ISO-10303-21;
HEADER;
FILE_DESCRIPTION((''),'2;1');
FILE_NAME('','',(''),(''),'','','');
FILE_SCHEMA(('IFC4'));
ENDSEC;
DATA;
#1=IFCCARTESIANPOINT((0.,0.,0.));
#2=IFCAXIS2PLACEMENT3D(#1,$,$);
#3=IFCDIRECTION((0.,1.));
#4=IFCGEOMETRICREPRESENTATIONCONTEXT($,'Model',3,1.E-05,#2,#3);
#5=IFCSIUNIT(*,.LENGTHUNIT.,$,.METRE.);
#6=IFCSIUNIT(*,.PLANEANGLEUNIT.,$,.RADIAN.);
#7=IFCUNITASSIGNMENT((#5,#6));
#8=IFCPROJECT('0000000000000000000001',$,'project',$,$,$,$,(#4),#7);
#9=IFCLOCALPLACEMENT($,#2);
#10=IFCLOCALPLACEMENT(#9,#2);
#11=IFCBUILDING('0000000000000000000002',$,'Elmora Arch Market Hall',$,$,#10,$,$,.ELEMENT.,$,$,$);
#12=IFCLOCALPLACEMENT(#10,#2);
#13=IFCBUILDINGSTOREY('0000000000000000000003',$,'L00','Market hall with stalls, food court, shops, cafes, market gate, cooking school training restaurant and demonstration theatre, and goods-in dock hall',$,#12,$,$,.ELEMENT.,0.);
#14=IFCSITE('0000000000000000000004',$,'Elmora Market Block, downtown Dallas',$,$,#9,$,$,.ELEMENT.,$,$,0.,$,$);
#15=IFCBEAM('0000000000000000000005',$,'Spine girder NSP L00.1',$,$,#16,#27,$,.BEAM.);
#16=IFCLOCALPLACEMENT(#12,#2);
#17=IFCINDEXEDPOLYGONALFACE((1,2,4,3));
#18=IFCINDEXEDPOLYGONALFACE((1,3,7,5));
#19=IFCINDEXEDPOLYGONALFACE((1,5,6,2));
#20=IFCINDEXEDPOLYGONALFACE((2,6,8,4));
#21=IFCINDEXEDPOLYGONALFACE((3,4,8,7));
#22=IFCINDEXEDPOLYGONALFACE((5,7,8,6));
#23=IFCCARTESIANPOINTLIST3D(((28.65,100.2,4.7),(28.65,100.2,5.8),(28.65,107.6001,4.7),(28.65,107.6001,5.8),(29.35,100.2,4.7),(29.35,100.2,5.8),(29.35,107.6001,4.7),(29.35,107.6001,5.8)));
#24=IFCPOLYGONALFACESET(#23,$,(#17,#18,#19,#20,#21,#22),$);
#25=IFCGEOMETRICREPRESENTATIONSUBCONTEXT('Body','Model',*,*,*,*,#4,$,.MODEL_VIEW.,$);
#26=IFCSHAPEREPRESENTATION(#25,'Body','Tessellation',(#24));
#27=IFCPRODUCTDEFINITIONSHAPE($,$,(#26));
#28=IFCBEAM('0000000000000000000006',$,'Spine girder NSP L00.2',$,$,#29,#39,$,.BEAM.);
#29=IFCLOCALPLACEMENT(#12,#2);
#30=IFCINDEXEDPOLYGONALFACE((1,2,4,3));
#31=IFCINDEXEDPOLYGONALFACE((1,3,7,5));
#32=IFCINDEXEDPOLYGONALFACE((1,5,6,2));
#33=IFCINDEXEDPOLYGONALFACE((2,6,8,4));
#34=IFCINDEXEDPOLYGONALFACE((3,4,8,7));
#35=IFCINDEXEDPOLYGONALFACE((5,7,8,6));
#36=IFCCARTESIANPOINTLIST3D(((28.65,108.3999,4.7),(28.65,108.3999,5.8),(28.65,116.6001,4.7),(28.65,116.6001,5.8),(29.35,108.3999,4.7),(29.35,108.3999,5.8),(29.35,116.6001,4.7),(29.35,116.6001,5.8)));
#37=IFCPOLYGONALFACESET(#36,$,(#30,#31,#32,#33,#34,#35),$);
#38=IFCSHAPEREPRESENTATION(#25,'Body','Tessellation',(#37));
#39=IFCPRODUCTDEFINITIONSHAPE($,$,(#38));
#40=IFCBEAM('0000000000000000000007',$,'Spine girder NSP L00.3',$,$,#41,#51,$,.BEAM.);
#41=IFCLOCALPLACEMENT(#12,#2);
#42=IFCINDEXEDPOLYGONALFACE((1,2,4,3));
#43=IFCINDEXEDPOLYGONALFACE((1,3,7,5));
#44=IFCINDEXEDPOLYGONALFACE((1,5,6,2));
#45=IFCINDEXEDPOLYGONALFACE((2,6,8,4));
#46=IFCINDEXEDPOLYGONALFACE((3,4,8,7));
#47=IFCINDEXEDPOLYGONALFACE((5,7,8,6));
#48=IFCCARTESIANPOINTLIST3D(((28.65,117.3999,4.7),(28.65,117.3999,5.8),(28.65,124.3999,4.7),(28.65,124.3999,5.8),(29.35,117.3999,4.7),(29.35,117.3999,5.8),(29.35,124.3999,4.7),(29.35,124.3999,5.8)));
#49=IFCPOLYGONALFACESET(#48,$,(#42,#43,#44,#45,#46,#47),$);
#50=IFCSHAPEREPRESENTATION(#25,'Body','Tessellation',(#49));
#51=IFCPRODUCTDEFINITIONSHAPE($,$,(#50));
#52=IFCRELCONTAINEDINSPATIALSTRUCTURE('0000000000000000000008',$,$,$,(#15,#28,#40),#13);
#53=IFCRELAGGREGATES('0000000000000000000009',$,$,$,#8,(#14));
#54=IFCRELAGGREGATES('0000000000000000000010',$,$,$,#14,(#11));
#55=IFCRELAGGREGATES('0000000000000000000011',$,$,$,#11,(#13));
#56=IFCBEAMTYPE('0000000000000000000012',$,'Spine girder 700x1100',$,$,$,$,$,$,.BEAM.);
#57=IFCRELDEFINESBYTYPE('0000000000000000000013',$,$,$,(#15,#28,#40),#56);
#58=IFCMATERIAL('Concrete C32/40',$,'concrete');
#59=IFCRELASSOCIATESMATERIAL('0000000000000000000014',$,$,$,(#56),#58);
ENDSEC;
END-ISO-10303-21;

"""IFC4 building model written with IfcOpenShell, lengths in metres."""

from ifc_helpers import new_model, si_unit, direction, frame, origin, origin_2d, place, context, subcontext, project, spatial, rectangle, extrude, material, material_profile, profile_set, type_object, element, save


model = new_model("IFC4")

# Units and contexts
model_context = context("Model", 3, precision=1e-05, world=origin(), true_north=direction((0.0, 1.0)))
body_context = subcontext(model_context, "Body", "Model", "MODEL_VIEW")
ifc_project = project(units=[si_unit("LENGTHUNIT", "METRE"), si_unit("PLANEANGLEUNIT", "RADIAN")], contexts=[model_context])

# Site, building, storey
site_placement = place(None, origin())
site = spatial("IfcSite", under=ifc_project, at=site_placement, Name="Elmora Market Block, downtown Dallas", CompositionType="ELEMENT", RefElevation=0.0)
building_placement = place(site_placement, origin())
building = spatial("IfcBuilding", under=site, at=building_placement, Name="Elmora Arch Market Hall", CompositionType="ELEMENT")
storey_placement = place(building_placement, origin())
storey = spatial("IfcBuildingStorey", under=building, at=storey_placement, Name="L00", Description="Market hall with stalls, food court, shops, cafes, market gate, cooking school training restaurant and demonstration theatre, and goods-in dock hall", CompositionType="ELEMENT", Elevation=0.0)

# Beams
ifc_material_1 = material(Name="Concrete C32/40", Category="concrete")
ifc_material_profile_1 = material_profile(ifc_material_1, rectangle(XDim=0.7, YDim=1.1001, at=origin_2d()), Name="Spine girder 700x1100")
ifc_profile_set_1 = profile_set([ifc_material_profile_1], Name="Concrete C32/40")
beam_type_1 = type_object("IfcBeamType", Name="Spine girder 700x1100", PredefinedType="BEAM", material=ifc_profile_set_1)
beam_1_placement = place(storey_placement, frame((29.0, 100.2, 5.25), z_axis=(0.0, 1.0, 0.0), x_axis=(-1.0, 0.0, 0.0)))
element("IfcBeam", 1, at=beam_1_placement, inside=storey, type_object=beam_type_1, Name="Spine girder NSP L00.1", PredefinedType="BEAM", context=body_context, shape_type="SweptSolid", body=[
    extrude(rectangle(XDim=0.7, YDim=1.1001, at=origin_2d()), origin(), (0.0, 0.0, 1.0), 7.4001),
])
beam_2_placement = place(storey_placement, frame((29.0, 108.3999, 5.25), z_axis=(0.0, 1.0, 0.0), x_axis=(-1.0, 0.0, 0.0)))
element("IfcBeam", 2, at=beam_2_placement, inside=storey, type_object=beam_type_1, Name="Spine girder NSP L00.2", PredefinedType="BEAM", context=body_context, shape_type="SweptSolid", body=[
    extrude(rectangle(XDim=0.7, YDim=1.1001, at=origin_2d()), origin(), (0.0, 0.0, 1.0), 8.2002),
])
beam_3_placement = place(storey_placement, frame((29.0, 117.3999, 5.25), z_axis=(0.0, 1.0, 0.0), x_axis=(-1.0, 0.0, 0.0)))
element("IfcBeam", 3, at=beam_3_placement, inside=storey, type_object=beam_type_1, Name="Spine girder NSP L00.3", PredefinedType="BEAM", context=body_context, shape_type="SweptSolid", body=[
    extrude(rectangle(XDim=0.7, YDim=1.1001, at=origin_2d()), origin(), (0.0, 0.0, 1.0), 7.0),
])

save(model, "model.ifc")
